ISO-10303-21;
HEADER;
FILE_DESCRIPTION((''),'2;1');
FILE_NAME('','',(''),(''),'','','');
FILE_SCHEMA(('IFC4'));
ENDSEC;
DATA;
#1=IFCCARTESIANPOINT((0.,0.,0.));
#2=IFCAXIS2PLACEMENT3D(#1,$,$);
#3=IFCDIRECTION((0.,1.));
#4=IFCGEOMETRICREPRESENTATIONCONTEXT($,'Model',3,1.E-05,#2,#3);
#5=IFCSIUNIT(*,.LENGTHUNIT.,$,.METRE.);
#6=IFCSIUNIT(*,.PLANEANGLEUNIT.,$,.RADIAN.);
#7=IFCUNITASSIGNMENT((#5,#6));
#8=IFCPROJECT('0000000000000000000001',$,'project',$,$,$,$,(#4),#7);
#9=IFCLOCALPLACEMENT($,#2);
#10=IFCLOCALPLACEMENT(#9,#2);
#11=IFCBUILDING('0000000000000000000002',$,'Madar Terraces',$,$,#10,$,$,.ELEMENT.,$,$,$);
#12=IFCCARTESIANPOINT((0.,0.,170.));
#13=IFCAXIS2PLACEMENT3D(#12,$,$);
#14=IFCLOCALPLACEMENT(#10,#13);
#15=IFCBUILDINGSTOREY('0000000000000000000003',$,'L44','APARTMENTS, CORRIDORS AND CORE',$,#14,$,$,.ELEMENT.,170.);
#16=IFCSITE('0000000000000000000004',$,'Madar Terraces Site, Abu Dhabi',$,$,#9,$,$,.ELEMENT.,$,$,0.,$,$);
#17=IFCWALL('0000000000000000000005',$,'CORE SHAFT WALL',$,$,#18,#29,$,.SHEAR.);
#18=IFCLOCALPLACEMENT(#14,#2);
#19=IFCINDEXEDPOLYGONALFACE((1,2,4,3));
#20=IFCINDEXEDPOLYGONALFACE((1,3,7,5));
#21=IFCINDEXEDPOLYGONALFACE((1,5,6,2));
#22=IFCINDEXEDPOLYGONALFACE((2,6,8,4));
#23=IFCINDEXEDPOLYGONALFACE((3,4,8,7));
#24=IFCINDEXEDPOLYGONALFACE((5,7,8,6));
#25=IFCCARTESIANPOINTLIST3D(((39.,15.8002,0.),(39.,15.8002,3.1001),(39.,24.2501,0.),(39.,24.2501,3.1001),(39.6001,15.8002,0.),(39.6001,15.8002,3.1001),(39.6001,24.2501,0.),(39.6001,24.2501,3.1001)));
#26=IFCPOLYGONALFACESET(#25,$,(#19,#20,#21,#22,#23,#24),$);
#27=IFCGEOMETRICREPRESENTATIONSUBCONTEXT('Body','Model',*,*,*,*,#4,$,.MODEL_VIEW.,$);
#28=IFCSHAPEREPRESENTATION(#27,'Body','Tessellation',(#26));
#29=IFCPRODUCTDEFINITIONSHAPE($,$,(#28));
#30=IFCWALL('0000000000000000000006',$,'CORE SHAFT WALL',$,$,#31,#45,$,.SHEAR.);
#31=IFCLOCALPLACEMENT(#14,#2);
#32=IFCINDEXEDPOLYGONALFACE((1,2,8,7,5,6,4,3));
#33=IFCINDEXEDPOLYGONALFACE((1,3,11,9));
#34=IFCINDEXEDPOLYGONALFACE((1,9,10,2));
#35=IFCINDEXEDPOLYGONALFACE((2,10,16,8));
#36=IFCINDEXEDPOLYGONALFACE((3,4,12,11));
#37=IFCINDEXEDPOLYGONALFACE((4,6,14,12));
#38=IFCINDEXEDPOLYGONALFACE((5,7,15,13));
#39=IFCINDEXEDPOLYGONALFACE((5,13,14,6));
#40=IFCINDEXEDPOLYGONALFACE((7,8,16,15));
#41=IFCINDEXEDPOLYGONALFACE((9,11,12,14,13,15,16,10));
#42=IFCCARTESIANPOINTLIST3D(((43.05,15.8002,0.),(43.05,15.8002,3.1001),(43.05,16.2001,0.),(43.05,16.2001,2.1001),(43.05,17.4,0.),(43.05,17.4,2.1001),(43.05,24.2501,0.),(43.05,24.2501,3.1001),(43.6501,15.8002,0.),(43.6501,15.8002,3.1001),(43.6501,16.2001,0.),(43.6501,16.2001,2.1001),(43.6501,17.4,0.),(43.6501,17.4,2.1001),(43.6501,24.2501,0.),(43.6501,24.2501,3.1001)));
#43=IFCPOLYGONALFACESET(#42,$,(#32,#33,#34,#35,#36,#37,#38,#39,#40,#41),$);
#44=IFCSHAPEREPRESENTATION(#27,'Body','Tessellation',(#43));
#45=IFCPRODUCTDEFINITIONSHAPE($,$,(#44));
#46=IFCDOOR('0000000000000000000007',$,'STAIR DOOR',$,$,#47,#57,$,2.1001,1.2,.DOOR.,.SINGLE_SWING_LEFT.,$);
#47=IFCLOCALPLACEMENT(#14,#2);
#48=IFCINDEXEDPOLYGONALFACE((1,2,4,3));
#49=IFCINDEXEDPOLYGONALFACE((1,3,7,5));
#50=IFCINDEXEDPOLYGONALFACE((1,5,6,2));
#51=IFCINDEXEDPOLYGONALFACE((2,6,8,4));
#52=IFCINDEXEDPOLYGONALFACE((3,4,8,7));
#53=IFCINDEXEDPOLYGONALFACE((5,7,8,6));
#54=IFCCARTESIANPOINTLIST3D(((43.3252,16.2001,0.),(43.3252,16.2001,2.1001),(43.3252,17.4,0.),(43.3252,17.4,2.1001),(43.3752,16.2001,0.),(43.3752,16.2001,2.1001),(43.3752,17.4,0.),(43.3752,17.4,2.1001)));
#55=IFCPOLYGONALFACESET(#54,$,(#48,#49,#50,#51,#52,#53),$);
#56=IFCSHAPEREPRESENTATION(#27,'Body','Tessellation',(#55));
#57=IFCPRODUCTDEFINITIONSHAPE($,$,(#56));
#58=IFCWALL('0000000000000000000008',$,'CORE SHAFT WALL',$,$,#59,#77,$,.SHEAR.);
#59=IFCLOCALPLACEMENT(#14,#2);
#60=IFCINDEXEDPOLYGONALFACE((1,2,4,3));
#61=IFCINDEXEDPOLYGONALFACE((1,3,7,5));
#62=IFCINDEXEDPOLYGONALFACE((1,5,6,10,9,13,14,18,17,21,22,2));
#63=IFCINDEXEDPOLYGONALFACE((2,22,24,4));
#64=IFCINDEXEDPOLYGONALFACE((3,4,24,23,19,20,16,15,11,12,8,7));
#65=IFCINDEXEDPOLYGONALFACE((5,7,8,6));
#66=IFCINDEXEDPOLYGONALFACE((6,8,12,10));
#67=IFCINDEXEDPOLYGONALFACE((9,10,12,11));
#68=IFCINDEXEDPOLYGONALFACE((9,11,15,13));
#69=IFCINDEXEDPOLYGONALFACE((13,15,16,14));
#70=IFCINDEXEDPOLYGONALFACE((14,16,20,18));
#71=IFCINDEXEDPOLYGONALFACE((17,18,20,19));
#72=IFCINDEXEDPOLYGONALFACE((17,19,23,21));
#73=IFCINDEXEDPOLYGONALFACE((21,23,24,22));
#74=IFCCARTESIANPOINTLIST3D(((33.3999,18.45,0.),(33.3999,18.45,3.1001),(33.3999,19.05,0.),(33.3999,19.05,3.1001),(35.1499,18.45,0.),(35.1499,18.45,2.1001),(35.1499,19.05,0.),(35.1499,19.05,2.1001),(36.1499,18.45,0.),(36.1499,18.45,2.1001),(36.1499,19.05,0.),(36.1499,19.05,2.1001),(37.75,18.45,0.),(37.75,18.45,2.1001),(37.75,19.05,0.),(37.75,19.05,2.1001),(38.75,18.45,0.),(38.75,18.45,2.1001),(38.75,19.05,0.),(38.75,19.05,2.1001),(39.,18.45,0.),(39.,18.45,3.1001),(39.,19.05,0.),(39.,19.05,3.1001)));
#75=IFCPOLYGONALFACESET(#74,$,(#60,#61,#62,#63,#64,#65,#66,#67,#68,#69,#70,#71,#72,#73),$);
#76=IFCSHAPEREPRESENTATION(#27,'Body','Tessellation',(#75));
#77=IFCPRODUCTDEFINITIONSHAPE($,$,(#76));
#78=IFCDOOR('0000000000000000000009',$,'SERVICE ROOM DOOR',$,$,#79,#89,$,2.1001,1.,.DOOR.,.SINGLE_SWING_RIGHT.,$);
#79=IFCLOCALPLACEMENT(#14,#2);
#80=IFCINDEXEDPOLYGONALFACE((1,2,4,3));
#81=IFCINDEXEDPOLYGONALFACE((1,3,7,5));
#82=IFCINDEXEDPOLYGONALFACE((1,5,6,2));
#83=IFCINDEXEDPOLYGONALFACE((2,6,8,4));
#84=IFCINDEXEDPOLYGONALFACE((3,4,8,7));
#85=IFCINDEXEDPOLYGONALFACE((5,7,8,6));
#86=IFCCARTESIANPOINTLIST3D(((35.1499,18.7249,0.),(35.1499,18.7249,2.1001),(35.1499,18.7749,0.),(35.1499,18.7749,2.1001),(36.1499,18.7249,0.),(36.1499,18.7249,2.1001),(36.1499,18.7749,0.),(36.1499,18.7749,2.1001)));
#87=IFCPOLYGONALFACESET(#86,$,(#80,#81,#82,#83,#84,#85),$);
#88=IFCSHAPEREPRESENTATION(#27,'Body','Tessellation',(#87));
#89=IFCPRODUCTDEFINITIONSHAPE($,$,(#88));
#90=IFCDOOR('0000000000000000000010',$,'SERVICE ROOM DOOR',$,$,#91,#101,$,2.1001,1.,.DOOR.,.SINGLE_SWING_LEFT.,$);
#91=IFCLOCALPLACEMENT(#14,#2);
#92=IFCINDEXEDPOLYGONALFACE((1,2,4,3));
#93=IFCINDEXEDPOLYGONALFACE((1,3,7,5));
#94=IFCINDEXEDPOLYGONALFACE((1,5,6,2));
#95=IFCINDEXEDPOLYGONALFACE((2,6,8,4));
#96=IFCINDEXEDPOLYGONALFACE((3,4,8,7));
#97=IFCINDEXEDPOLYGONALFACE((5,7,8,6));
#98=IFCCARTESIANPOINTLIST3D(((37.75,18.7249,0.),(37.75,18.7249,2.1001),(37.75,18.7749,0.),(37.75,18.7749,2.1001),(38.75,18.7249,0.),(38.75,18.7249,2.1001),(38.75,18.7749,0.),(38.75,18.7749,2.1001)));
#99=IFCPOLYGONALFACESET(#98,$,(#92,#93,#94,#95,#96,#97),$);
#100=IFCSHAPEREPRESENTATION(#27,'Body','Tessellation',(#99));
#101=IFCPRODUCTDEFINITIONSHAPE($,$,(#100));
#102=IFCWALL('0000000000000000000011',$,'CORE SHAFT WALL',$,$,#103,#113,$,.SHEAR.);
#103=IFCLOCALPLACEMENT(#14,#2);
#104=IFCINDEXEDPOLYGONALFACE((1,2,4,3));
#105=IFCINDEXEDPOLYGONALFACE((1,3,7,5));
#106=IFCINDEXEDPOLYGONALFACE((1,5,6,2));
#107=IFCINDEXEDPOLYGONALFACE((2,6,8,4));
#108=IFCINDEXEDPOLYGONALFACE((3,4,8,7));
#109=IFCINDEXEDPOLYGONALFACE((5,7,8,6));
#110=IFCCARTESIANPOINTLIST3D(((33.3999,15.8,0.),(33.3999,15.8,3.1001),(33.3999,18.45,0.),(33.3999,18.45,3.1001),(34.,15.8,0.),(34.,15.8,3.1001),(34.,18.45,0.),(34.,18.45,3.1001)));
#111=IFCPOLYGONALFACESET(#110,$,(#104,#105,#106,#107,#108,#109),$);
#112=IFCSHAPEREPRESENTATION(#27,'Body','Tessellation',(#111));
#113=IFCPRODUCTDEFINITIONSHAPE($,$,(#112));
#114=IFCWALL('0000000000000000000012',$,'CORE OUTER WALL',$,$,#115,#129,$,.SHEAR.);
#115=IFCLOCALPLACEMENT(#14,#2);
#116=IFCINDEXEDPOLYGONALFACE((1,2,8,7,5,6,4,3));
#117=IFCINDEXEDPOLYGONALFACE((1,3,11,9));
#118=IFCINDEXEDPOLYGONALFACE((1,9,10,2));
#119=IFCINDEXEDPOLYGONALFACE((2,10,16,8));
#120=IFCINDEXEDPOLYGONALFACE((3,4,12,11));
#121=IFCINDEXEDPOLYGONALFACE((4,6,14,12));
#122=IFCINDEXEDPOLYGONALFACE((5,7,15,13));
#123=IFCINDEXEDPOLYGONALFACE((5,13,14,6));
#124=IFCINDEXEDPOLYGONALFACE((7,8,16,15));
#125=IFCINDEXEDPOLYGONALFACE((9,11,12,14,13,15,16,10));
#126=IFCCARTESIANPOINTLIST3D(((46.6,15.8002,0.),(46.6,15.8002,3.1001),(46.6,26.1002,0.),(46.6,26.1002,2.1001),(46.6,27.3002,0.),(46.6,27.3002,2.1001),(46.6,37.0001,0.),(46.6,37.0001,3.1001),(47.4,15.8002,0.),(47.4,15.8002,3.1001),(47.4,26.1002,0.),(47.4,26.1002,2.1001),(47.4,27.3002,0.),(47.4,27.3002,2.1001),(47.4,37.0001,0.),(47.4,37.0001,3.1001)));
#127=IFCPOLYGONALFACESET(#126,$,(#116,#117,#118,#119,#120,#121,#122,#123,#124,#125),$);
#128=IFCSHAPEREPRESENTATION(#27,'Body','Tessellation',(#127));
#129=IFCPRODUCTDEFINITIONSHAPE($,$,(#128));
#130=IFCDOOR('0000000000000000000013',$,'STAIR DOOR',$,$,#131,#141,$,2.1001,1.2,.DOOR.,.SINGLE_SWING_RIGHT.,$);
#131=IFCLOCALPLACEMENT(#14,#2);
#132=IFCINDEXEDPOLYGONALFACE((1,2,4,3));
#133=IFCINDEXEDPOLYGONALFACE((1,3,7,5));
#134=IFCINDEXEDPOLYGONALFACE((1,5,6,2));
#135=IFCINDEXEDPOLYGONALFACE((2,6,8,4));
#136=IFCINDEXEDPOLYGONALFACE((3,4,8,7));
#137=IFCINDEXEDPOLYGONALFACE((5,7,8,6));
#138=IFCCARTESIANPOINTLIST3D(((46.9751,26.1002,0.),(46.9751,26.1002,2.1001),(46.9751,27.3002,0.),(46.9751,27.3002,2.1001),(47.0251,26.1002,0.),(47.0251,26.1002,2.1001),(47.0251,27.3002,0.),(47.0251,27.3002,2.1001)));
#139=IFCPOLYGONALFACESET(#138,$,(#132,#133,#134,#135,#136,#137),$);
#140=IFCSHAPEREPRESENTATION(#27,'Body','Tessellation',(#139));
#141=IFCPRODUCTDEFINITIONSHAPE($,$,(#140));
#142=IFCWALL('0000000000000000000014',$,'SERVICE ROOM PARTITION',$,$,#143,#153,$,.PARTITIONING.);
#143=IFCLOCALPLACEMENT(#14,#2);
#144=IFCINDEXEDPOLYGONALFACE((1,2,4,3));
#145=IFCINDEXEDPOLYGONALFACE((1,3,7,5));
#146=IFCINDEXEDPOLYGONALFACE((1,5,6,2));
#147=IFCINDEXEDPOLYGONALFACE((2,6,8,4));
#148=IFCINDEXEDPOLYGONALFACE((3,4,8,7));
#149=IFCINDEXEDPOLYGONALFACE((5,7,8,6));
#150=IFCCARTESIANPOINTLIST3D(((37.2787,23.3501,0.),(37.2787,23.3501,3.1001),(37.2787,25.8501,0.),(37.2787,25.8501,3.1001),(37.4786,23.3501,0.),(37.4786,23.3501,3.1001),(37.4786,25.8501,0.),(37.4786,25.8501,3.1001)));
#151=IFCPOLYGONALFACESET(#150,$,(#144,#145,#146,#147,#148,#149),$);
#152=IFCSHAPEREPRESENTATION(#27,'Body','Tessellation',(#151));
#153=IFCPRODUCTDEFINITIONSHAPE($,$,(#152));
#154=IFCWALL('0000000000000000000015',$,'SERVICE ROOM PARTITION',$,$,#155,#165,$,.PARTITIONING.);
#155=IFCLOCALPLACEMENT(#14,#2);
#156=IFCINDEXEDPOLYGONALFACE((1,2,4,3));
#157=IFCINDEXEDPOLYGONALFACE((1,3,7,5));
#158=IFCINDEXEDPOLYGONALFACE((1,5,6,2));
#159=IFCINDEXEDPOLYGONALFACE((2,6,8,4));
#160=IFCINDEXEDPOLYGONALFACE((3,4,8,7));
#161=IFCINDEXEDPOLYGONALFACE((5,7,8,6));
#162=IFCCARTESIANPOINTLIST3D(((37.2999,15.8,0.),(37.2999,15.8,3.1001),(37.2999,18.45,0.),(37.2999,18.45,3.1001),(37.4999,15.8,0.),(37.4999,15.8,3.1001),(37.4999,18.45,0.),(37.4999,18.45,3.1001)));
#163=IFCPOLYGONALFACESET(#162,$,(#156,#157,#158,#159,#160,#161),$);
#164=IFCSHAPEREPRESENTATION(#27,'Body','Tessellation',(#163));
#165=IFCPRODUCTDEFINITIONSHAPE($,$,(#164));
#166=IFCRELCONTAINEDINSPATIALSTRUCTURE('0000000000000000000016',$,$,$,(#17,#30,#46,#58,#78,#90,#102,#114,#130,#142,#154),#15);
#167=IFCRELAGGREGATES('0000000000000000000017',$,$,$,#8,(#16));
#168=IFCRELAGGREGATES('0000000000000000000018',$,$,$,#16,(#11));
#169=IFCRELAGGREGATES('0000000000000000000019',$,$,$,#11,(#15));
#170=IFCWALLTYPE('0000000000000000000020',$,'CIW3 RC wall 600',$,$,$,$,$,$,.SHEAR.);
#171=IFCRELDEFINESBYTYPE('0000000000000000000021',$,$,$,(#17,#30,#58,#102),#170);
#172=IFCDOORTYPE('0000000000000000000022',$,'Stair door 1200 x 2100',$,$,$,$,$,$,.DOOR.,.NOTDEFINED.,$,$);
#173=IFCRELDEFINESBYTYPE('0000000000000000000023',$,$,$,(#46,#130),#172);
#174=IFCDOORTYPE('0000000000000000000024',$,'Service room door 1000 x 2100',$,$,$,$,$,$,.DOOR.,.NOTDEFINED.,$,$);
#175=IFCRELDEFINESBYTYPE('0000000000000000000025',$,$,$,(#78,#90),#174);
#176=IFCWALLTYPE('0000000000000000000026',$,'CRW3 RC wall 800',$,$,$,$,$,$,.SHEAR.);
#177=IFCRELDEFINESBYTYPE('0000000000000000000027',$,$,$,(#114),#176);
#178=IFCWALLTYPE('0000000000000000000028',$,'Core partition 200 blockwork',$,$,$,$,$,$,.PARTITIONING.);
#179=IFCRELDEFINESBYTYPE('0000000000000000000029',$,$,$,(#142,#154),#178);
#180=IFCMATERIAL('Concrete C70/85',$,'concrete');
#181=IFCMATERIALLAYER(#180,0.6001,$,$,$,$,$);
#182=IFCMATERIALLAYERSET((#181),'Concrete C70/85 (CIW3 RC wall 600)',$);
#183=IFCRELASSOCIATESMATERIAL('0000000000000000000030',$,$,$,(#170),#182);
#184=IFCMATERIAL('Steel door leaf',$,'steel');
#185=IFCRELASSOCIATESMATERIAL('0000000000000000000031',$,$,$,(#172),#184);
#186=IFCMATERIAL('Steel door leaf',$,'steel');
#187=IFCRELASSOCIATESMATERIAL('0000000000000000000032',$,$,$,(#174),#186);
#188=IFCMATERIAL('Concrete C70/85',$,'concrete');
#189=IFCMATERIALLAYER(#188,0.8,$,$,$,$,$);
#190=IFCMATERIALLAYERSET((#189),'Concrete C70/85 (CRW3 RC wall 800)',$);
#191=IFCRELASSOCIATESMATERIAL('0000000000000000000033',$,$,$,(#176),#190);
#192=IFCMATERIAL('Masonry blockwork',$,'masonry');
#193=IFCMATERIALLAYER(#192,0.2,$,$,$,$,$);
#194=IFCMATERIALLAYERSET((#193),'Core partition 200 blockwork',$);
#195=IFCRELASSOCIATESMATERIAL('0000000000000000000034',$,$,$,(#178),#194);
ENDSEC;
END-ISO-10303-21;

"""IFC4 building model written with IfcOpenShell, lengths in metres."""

from ifc_helpers import new_model, si_unit, direction, frame, frame_2d, origin, place, context, subcontext, project, spatial, rectangle, extrude, material, layer, layer_set, type_object, element, fill, save


model = new_model("IFC4")

# Units and contexts
model_context = context("Model", 3, precision=1e-05, world=origin(), true_north=direction((0.0, 1.0)))
body_context = subcontext(model_context, "Body", "Model", "MODEL_VIEW")
ifc_project = project(units=[si_unit("LENGTHUNIT", "METRE"), si_unit("PLANEANGLEUNIT", "RADIAN")], contexts=[model_context])

# Site, building, storey
site_placement = place(None, origin())
site = spatial("IfcSite", under=ifc_project, at=site_placement, Name="Madar Terraces Site, Abu Dhabi", CompositionType="ELEMENT", RefElevation=0.0)
building_placement = place(site_placement, origin())
building = spatial("IfcBuilding", under=site, at=building_placement, Name="Madar Terraces", CompositionType="ELEMENT")
storey_placement = place(building_placement, frame((0.0, 0.0, 170.0)))
storey = spatial("IfcBuildingStorey", under=building, at=storey_placement, Name="L44", Description="APARTMENTS, CORRIDORS AND CORE", CompositionType="ELEMENT", Elevation=170.0)

# Wall
ifc_material_1 = material(Name="Concrete C70/85", Category="concrete")
ifc_layer_1 = layer(ifc_material_1, 0.6001)
ifc_layer_set_1 = layer_set([ifc_layer_1], Name="Concrete C70/85 (CIW3 RC wall 600)")
wall_type_1 = type_object("IfcWallType", Name="CIW3 RC wall 600", PredefinedType="SHEAR", material=ifc_layer_set_1)
wall_1_placement = place(storey_placement, frame((39.3, 15.8, 0.0), z_axis=(0.0, 0.0, 1.0), x_axis=(0.0, 1.0, 0.0)))
element("IfcWall", 1, at=wall_1_placement, inside=storey, type_object=wall_type_1, Name="CORE SHAFT WALL", PredefinedType="SHEAR", context=body_context, shape_type="SweptSolid", body=[
    extrude(rectangle(XDim=8.45, YDim=0.6001, at=frame_2d((4.2251, 0.0))), origin(), (0.0, 0.0, 1.0), 3.1001),
])

# Wall, opening, door
wall_2_placement = place(storey_placement, frame((43.3501, 15.8, 0.0), z_axis=(0.0, 0.0, 1.0), x_axis=(0.0, 1.0, 0.0)))
wall_2 = element("IfcWall", 2, at=wall_2_placement, inside=storey, type_object=wall_type_1, Name="CORE SHAFT WALL", PredefinedType="SHEAR", context=body_context, shape_type="SweptSolid", body=[
    extrude(rectangle(XDim=8.45, YDim=0.6001, at=frame_2d((4.2251, 0.0))), origin(), (0.0, 0.0, 1.0), 3.1001),
])
opening_1_placement = place(wall_2_placement, frame((0.3999, 0.0, 0.0)))
opening_1 = element("IfcOpeningElement", 3, at=opening_1_placement, cuts=wall_2, PredefinedType="OPENING", context=body_context, shape_type="SweptSolid", body=[
    extrude(rectangle(XDim=1.2, YDim=2.1001, at=frame_2d((0.6001, 1.05))), frame((0.0, 0.3101, 0.0), z_axis=(0.0, -1.0, 0.0), x_axis=(1.0, 0.0, 0.0)), (0.0, 0.0, 1.0), 0.6201),
])
ifc_material_2 = material(Name="Steel door leaf", Category="steel")
door_type_1 = type_object("IfcDoorType", Name="Stair door 1200 x 2100", OperationType="NOTDEFINED", PredefinedType="DOOR", material=ifc_material_2)
door_1_placement = place(opening_1_placement, origin())
door_1 = element("IfcDoor", 4, at=door_1_placement, inside=storey, type_object=door_type_1, Name="STAIR DOOR", OperationType="SINGLE_SWING_LEFT", OverallHeight=2.1001, OverallWidth=1.2, PredefinedType="DOOR", context=body_context, shape_type="SweptSolid", body=[
    extrude(rectangle(XDim=1.2, YDim=2.1001, at=frame_2d((0.6001, 1.05))), frame((0.0, 0.0249, 0.0), z_axis=(0.0, -1.0, 0.0), x_axis=(1.0, 0.0, 0.0)), (0.0, 0.0, 1.0), 0.05),
])
fill(opening_1, door_1)

# Wall, openings, doors
wall_3_placement = place(storey_placement, frame((33.3999, 18.75, 0.0), z_axis=(0.0, 0.0, 1.0), x_axis=(1.0, 0.0, 0.0)))
wall_3 = element("IfcWall", 5, at=wall_3_placement, inside=storey, type_object=wall_type_1, Name="CORE SHAFT WALL", PredefinedType="SHEAR", context=body_context, shape_type="SweptSolid", body=[
    extrude(rectangle(XDim=5.6001, YDim=0.6001, at=frame_2d((2.8, 0.0))), origin(), (0.0, 0.0, 1.0), 3.1001),
])
opening_2_placement = place(wall_3_placement, frame((1.75, 0.0, 0.0)))
opening_2 = element("IfcOpeningElement", 6, at=opening_2_placement, cuts=wall_3, PredefinedType="OPENING", context=body_context, shape_type="SweptSolid", body=[
    extrude(rectangle(XDim=1.0, YDim=2.1001, at=frame_2d((0.5, 1.05))), frame((0.0, 0.3101, 0.0), z_axis=(0.0, -1.0, 0.0), x_axis=(1.0, 0.0, 0.0)), (0.0, 0.0, 1.0), 0.6201),
])
opening_3_placement = place(wall_3_placement, frame((4.3501, 0.0, 0.0)))
opening_3 = element("IfcOpeningElement", 7, at=opening_3_placement, cuts=wall_3, PredefinedType="OPENING", context=body_context, shape_type="SweptSolid", body=[
    extrude(rectangle(XDim=1.0, YDim=2.1001, at=frame_2d((0.5, 1.05))), frame((0.0, 0.3101, 0.0), z_axis=(0.0, -1.0, 0.0), x_axis=(1.0, 0.0, 0.0)), (0.0, 0.0, 1.0), 0.6201),
])
ifc_material_3 = material(Name="Steel door leaf", Category="steel")
door_type_2 = type_object("IfcDoorType", Name="Service room door 1000 x 2100", OperationType="NOTDEFINED", PredefinedType="DOOR", material=ifc_material_3)
door_2_placement = place(opening_2_placement, origin())
door_2 = element("IfcDoor", 8, at=door_2_placement, inside=storey, type_object=door_type_2, Name="SERVICE ROOM DOOR", OperationType="SINGLE_SWING_RIGHT", OverallHeight=2.1001, OverallWidth=1.0, PredefinedType="DOOR", context=body_context, shape_type="SweptSolid", body=[
    extrude(rectangle(XDim=1.0, YDim=2.1001, at=frame_2d((0.5, 1.05))), frame((0.0, 0.0249, 0.0), z_axis=(0.0, -1.0, 0.0), x_axis=(1.0, 0.0, 0.0)), (0.0, 0.0, 1.0), 0.05),
])
fill(opening_2, door_2)
door_3_placement = place(opening_3_placement, origin())
door_3 = element("IfcDoor", 9, at=door_3_placement, inside=storey, type_object=door_type_2, Name="SERVICE ROOM DOOR", OperationType="SINGLE_SWING_LEFT", OverallHeight=2.1001, OverallWidth=1.0, PredefinedType="DOOR", context=body_context, shape_type="SweptSolid", body=[
    extrude(rectangle(XDim=1.0, YDim=2.1001, at=frame_2d((0.5, 1.05))), frame((0.0, 0.0249, 0.0), z_axis=(0.0, -1.0, 0.0), x_axis=(1.0, 0.0, 0.0)), (0.0, 0.0, 1.0), 0.05),
])
fill(opening_3, door_3)

# Wall
wall_4_placement = place(storey_placement, frame((33.7, 15.8, 0.0), z_axis=(0.0, 0.0, 1.0), x_axis=(0.0, 1.0, 0.0)))
element("IfcWall", 10, at=wall_4_placement, inside=storey, type_object=wall_type_1, Name="CORE SHAFT WALL", PredefinedType="SHEAR", context=body_context, shape_type="SweptSolid", body=[
    extrude(rectangle(XDim=2.6499, YDim=0.6001, at=frame_2d((1.325, 0.0))), origin(), (0.0, 0.0, 1.0), 3.1001),
])

# Wall, opening, door
ifc_material_4 = material(Name="Concrete C70/85", Category="concrete")
ifc_layer_2 = layer(ifc_material_4, 0.8)
ifc_layer_set_2 = layer_set([ifc_layer_2], Name="Concrete C70/85 (CRW3 RC wall 800)")
wall_type_2 = type_object("IfcWallType", Name="CRW3 RC wall 800", PredefinedType="SHEAR", material=ifc_layer_set_2)
wall_5_placement = place(storey_placement, frame((47.0, 15.8, 0.0), z_axis=(0.0, 0.0, 1.0), x_axis=(0.0, 1.0, 0.0)))
wall_5 = element("IfcWall", 11, at=wall_5_placement, inside=storey, type_object=wall_type_2, Name="CORE OUTER WALL", PredefinedType="SHEAR", context=body_context, shape_type="SweptSolid", body=[
    extrude(rectangle(XDim=21.2, YDim=0.8, at=frame_2d((10.6001, 0.0))), origin(), (0.0, 0.0, 1.0), 3.1001),
])
opening_4_placement = place(wall_5_placement, frame((10.3, 0.0, 0.0)))
opening_4 = element("IfcOpeningElement", 12, at=opening_4_placement, cuts=wall_5, PredefinedType="OPENING", context=body_context, shape_type="SweptSolid", body=[
    extrude(rectangle(XDim=1.2, YDim=2.1001, at=frame_2d((0.6001, 1.05))), frame((0.0, 0.4099, 0.0), z_axis=(0.0, -1.0, 0.0), x_axis=(1.0, 0.0, 0.0)), (0.0, 0.0, 1.0), 0.8201),
])
door_4_placement = place(opening_4_placement, origin())
door_4 = element("IfcDoor", 13, at=door_4_placement, inside=storey, type_object=door_type_1, Name="STAIR DOOR", OperationType="SINGLE_SWING_RIGHT", OverallHeight=2.1001, OverallWidth=1.2, PredefinedType="DOOR", context=body_context, shape_type="SweptSolid", body=[
    extrude(rectangle(XDim=1.2, YDim=2.1001, at=frame_2d((0.6001, 1.05))), frame((0.0, 0.0249, 0.0), z_axis=(0.0, -1.0, 0.0), x_axis=(1.0, 0.0, 0.0)), (0.0, 0.0, 1.0), 0.05),
])
fill(opening_4, door_4)

# Walls
ifc_material_5 = material(Name="Masonry blockwork", Category="masonry")
ifc_layer_3 = layer(ifc_material_5, 0.2)
ifc_layer_set_3 = layer_set([ifc_layer_3], Name="Core partition 200 blockwork")
wall_type_3 = type_object("IfcWallType", Name="Core partition 200 blockwork", PredefinedType="PARTITIONING", material=ifc_layer_set_3)
wall_6_placement = place(storey_placement, frame((37.3787, 23.3501, 0.0), z_axis=(0.0, 0.0, 1.0), x_axis=(0.0, 1.0, 0.0)))
element("IfcWall", 14, at=wall_6_placement, inside=storey, type_object=wall_type_3, Name="SERVICE ROOM PARTITION", PredefinedType="PARTITIONING", context=body_context, shape_type="SweptSolid", body=[
    extrude(rectangle(XDim=2.5, YDim=0.2, at=frame_2d((1.25, 0.0))), origin(), (0.0, 0.0, 1.0), 3.1001),
])
wall_7_placement = place(storey_placement, frame((37.3999, 15.8, 0.0), z_axis=(0.0, 0.0, 1.0), x_axis=(0.0, 1.0, 0.0)))
element("IfcWall", 15, at=wall_7_placement, inside=storey, type_object=wall_type_3, Name="SERVICE ROOM PARTITION", PredefinedType="PARTITIONING", context=body_context, shape_type="SweptSolid", body=[
    extrude(rectangle(XDim=2.6499, YDim=0.2, at=frame_2d((1.325, 0.0))), origin(), (0.0, 0.0, 1.0), 3.1001),
])

save(model, "model.ifc")
